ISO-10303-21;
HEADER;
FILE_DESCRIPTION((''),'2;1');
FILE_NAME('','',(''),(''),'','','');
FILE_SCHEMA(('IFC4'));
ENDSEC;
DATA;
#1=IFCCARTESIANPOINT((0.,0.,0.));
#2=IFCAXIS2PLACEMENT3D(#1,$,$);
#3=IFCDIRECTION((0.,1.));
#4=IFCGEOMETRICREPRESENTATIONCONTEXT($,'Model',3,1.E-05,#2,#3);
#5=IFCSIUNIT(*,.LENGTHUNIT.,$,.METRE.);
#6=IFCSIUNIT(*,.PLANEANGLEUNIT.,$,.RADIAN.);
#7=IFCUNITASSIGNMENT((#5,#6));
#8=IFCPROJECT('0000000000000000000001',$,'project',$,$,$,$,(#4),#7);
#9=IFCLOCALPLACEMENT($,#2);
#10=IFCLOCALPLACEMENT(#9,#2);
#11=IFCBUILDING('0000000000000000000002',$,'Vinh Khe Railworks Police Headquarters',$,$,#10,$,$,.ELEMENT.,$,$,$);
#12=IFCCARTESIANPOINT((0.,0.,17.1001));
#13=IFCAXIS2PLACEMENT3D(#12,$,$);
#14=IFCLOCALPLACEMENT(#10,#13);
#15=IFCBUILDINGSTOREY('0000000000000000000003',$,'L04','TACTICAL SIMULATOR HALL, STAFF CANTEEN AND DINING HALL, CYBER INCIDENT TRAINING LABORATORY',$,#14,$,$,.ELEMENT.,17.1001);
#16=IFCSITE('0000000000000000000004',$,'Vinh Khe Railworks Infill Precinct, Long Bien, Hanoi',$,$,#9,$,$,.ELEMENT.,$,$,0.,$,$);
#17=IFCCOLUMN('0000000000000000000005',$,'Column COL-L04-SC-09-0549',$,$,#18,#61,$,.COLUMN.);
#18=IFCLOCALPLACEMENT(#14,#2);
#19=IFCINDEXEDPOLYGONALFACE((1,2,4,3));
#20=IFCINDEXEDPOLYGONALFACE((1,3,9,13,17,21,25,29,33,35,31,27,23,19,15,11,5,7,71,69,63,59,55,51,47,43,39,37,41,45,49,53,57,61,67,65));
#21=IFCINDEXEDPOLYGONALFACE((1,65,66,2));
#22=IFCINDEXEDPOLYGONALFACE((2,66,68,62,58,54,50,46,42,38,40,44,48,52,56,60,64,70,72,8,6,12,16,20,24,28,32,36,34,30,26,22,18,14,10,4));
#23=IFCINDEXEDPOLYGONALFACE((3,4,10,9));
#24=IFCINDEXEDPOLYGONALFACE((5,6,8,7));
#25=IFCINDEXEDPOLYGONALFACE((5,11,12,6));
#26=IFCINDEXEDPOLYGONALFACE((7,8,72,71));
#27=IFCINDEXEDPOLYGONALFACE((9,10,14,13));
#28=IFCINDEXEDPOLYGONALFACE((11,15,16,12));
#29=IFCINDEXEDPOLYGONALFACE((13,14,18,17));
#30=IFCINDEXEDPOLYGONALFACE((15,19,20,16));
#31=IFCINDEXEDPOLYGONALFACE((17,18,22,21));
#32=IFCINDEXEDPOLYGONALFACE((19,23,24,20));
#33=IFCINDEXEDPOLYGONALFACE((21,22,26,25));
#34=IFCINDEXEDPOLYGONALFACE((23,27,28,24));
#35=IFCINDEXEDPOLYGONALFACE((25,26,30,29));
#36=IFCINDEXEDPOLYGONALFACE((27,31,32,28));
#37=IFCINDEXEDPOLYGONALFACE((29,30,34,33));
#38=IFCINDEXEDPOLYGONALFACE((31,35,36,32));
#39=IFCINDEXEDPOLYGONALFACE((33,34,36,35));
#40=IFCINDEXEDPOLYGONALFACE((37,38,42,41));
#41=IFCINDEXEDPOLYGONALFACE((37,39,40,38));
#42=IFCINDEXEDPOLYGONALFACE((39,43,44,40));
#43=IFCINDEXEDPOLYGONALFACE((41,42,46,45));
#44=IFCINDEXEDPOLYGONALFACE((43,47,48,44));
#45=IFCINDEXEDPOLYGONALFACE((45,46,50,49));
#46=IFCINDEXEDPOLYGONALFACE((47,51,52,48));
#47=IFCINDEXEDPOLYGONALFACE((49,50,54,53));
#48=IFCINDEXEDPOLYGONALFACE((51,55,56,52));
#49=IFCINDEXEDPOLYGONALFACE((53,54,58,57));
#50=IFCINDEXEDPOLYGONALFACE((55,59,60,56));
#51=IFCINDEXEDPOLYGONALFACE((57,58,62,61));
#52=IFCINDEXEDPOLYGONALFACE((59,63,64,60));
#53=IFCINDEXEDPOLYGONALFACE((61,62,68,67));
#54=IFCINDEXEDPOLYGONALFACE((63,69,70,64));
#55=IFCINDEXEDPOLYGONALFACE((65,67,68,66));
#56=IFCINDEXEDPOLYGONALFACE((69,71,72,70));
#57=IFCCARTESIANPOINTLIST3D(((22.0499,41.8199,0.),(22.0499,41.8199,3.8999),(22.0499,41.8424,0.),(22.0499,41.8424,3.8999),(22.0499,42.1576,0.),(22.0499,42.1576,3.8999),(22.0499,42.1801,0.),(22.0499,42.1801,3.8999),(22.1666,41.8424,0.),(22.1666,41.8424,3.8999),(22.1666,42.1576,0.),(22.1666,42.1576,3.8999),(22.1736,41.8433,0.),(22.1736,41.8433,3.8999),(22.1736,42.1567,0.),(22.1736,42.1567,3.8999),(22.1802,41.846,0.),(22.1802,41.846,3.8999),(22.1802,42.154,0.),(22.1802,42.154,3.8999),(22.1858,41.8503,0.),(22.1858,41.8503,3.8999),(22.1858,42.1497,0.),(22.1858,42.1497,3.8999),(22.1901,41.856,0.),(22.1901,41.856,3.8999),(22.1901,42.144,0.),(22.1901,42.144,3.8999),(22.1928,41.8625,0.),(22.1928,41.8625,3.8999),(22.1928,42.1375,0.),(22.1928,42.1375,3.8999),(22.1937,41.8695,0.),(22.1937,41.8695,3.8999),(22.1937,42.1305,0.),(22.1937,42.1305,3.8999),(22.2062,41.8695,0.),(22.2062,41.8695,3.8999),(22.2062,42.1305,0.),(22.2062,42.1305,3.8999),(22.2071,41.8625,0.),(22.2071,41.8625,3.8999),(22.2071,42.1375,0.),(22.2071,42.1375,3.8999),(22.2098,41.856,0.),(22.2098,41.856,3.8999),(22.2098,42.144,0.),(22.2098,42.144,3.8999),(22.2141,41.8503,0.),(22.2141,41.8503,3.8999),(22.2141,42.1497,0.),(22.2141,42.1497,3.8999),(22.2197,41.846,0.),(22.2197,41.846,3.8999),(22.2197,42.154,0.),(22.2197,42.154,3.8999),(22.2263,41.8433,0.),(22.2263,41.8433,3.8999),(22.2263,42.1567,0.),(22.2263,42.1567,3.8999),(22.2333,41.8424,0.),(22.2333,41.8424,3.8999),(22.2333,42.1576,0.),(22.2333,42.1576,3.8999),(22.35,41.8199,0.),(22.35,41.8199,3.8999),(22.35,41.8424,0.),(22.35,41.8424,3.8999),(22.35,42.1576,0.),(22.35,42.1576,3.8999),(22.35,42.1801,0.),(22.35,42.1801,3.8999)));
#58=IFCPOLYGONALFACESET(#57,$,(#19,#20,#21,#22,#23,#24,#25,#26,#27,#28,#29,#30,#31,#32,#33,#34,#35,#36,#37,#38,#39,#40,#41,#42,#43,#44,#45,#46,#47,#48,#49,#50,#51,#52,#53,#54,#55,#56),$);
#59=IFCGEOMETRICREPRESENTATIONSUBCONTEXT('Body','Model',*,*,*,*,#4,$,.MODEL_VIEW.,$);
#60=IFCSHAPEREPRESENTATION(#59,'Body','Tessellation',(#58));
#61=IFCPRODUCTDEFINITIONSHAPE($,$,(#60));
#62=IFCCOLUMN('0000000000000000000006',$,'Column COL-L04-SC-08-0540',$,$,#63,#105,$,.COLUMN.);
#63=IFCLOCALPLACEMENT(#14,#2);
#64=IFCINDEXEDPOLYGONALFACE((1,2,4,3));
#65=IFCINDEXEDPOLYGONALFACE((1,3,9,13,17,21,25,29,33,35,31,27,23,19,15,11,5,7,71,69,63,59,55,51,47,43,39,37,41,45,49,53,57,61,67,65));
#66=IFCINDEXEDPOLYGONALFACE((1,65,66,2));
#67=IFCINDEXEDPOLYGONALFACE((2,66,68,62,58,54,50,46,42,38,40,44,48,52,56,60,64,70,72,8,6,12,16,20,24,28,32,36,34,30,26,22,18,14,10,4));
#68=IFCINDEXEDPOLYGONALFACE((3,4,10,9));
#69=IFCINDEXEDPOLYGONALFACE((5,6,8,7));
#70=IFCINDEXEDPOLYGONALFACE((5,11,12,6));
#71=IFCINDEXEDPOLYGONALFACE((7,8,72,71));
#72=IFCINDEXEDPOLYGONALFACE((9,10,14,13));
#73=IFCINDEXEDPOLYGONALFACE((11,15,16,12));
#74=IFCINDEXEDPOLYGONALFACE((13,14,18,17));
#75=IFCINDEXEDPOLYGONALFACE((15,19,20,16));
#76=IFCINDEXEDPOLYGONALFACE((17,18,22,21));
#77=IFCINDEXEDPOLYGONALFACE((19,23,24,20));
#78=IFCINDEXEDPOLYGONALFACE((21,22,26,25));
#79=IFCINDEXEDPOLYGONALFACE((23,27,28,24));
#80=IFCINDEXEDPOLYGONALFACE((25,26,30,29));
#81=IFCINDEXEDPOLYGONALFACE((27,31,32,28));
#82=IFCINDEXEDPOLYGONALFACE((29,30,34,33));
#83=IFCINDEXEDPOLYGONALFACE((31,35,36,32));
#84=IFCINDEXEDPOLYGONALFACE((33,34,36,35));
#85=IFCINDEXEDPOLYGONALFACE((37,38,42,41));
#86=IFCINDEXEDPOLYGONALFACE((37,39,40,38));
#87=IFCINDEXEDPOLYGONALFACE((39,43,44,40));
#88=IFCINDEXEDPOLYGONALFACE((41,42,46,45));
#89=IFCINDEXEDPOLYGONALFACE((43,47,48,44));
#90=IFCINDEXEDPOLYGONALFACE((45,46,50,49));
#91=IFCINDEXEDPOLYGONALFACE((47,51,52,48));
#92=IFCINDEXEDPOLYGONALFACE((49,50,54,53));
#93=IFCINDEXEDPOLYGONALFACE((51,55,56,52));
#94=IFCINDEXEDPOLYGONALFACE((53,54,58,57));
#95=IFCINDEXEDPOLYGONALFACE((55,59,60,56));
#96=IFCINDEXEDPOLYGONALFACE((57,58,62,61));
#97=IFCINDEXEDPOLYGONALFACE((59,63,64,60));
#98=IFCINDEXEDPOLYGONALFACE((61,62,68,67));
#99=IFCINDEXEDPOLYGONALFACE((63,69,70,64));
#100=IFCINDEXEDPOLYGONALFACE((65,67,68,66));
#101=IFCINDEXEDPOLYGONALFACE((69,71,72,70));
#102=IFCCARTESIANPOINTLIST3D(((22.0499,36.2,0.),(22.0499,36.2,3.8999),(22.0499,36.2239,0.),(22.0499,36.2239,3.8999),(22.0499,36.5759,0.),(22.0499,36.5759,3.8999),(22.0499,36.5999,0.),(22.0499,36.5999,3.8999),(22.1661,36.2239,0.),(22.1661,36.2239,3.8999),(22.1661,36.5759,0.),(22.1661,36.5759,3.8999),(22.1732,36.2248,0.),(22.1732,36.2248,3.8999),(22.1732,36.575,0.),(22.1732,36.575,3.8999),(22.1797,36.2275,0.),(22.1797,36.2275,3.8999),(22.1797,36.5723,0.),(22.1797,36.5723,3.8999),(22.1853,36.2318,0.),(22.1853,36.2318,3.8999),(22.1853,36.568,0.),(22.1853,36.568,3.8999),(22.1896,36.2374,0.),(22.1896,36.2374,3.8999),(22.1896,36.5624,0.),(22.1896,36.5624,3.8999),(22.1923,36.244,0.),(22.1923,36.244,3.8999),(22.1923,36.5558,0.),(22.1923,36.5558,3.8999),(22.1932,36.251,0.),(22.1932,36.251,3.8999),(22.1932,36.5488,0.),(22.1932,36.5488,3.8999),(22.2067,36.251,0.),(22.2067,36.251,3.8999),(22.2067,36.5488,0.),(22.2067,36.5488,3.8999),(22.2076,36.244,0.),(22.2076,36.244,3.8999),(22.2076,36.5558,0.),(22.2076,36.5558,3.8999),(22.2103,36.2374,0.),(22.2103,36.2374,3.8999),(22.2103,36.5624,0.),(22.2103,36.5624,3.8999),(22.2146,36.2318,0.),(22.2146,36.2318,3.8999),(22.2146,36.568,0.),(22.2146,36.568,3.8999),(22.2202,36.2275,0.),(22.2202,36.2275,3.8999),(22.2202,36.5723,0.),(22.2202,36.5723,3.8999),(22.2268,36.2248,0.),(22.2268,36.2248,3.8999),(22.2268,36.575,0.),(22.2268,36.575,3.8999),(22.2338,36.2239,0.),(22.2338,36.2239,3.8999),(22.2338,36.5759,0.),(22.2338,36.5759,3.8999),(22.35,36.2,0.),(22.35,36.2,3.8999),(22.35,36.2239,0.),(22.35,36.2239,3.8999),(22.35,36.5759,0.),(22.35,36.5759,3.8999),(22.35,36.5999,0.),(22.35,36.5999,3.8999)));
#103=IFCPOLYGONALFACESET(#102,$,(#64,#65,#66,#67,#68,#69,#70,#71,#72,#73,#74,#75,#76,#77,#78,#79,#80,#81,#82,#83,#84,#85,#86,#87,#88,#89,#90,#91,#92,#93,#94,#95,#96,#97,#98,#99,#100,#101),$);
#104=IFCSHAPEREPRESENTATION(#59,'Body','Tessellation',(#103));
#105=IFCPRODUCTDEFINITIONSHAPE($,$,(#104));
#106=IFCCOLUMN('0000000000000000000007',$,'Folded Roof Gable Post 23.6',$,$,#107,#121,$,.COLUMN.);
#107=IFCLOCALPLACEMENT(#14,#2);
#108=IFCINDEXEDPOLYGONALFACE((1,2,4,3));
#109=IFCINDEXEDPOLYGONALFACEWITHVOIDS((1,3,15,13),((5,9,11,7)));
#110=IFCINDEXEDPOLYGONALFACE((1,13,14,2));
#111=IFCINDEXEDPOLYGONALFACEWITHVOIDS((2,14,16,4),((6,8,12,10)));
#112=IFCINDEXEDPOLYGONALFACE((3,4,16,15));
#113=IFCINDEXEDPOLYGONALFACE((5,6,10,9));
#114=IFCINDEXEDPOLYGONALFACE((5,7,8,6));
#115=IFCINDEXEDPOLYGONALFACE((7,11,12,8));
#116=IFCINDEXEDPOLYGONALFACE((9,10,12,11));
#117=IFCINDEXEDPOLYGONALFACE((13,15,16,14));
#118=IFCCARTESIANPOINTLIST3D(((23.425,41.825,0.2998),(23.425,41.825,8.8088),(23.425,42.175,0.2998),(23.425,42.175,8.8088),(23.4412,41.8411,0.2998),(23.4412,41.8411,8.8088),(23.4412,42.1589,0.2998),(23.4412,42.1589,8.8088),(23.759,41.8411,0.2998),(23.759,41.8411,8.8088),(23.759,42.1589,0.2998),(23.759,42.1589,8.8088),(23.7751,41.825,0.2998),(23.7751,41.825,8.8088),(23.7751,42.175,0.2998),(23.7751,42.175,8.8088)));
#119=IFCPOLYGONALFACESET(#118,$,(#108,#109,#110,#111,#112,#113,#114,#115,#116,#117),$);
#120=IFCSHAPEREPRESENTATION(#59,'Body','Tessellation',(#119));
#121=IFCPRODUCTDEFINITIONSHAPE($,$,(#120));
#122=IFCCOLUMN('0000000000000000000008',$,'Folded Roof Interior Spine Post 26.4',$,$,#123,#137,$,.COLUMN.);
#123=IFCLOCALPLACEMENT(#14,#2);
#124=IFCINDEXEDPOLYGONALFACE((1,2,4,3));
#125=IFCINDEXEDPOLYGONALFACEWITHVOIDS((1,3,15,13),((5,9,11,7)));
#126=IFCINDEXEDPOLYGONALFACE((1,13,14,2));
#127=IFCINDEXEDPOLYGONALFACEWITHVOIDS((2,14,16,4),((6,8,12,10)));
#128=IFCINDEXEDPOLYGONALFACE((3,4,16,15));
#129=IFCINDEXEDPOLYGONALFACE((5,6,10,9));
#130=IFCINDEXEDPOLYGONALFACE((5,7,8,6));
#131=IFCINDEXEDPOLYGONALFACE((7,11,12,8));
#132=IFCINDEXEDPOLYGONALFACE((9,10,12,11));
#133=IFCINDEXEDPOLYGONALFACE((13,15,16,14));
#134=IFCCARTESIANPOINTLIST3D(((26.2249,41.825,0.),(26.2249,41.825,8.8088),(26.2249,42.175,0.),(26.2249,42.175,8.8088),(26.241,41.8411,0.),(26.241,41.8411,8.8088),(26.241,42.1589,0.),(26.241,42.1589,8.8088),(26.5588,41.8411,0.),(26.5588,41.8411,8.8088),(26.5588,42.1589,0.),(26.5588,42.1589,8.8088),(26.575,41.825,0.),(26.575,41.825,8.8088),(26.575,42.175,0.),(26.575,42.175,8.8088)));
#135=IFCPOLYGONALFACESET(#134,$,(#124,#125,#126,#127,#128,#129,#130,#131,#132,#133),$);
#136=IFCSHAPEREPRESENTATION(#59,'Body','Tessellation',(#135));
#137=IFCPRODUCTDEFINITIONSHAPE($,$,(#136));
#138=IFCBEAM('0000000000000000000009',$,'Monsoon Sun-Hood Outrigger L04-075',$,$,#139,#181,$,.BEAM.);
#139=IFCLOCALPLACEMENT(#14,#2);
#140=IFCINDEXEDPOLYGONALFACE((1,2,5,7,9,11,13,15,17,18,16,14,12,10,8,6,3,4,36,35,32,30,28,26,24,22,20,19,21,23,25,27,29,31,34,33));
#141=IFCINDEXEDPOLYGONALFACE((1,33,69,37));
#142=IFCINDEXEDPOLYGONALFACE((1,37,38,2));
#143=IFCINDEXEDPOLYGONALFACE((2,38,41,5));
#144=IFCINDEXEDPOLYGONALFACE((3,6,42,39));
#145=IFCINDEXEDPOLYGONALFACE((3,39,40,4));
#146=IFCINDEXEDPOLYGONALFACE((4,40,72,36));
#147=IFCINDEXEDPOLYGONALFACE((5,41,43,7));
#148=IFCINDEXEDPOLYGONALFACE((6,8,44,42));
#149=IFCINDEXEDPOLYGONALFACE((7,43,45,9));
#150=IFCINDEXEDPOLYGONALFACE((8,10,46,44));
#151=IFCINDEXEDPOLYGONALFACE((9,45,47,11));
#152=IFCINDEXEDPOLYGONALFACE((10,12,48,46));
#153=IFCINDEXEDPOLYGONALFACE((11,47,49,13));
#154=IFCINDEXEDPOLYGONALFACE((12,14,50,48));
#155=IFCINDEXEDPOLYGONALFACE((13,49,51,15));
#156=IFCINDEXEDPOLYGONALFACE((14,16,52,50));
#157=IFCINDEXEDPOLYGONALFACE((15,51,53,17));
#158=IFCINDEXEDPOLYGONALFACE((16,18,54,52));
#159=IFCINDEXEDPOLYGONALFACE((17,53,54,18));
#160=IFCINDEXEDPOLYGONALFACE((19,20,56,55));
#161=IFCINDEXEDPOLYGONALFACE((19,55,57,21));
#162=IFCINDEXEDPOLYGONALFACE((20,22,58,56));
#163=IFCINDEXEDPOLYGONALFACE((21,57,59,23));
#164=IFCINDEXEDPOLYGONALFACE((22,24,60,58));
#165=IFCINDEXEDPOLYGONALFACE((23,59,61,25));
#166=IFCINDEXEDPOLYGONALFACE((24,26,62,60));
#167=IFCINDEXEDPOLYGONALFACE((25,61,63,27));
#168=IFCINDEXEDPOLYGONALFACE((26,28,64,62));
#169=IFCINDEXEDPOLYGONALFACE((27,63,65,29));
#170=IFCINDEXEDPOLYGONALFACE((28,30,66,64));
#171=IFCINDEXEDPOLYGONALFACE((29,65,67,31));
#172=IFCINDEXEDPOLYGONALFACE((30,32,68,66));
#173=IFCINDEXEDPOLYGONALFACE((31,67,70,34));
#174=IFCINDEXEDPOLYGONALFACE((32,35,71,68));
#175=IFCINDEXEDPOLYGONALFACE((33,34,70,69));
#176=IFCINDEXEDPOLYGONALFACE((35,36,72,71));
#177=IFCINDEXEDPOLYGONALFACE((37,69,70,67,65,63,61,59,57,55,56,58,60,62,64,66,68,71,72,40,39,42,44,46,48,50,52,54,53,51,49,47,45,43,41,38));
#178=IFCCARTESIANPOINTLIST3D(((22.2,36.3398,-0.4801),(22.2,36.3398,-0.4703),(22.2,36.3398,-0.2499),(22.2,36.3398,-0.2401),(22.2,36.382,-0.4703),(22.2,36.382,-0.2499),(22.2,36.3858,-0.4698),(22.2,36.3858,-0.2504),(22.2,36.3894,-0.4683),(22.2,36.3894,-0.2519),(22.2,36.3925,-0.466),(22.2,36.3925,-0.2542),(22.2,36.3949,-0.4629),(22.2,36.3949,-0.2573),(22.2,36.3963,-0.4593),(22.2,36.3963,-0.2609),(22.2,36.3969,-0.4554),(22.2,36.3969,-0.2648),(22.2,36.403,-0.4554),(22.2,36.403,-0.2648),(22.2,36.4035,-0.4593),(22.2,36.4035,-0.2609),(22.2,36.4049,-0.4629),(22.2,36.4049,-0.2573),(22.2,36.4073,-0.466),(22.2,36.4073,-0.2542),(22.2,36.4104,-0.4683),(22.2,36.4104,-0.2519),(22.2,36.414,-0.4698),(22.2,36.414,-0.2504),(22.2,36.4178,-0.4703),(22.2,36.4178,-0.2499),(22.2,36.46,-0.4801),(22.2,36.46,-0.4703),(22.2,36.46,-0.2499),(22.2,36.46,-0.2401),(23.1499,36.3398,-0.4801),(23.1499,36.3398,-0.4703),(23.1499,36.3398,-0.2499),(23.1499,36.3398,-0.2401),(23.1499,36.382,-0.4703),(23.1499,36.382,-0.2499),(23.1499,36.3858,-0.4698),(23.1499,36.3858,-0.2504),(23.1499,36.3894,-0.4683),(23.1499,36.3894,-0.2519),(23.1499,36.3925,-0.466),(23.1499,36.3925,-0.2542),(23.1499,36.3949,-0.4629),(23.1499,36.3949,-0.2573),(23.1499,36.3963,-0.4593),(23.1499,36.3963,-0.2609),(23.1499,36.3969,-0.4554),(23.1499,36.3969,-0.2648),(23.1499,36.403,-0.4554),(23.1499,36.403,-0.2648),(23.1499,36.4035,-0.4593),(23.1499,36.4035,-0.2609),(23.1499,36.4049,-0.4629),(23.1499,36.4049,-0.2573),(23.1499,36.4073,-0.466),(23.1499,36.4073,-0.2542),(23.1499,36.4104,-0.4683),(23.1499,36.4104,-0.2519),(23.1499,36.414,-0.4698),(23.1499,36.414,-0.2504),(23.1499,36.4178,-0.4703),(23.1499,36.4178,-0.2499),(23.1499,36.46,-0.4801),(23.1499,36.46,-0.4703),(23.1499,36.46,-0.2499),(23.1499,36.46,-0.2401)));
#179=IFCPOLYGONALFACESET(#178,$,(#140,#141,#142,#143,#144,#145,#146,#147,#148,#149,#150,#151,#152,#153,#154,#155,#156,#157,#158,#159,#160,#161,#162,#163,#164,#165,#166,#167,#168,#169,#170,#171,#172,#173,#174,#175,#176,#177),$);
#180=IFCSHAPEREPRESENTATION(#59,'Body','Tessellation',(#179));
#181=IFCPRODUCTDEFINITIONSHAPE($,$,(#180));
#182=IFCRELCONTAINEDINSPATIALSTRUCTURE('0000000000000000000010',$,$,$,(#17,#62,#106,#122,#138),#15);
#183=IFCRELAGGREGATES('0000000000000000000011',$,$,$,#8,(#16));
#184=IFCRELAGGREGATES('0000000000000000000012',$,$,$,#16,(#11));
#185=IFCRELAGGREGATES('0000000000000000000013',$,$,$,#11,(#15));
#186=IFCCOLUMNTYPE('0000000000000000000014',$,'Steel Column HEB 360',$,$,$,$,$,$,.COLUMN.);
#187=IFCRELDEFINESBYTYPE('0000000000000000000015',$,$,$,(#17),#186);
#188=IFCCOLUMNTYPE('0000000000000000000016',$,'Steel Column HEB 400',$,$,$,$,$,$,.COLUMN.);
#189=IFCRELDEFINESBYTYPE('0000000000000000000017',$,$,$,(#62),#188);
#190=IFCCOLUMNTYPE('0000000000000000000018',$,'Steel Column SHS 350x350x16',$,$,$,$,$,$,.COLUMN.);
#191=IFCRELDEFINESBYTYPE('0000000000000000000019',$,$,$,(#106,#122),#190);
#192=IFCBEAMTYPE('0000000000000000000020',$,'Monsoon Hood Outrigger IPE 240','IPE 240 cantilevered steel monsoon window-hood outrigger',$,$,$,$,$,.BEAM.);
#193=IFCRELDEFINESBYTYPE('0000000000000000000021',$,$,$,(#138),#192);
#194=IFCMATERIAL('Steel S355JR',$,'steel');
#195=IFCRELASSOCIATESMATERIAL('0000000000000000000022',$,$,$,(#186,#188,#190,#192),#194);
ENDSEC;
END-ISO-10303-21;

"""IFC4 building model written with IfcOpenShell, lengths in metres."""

from ifc_helpers import new_model, si_unit, direction, frame, origin, origin_2d, place, context, subcontext, project, spatial, hollow_rectangle, i_section, extrude, material, material_profile, profile_set, type_object, element, save


model = new_model("IFC4")

# Units and contexts
model_context = context("Model", 3, precision=1e-05, world=origin(), true_north=direction((0.0, 1.0)))
body_context = subcontext(model_context, "Body", "Model", "MODEL_VIEW")
ifc_project = project(units=[si_unit("LENGTHUNIT", "METRE"), si_unit("PLANEANGLEUNIT", "RADIAN")], contexts=[model_context])

# Site, building, storey
site_placement = place(None, origin())
site = spatial("IfcSite", under=ifc_project, at=site_placement, Name="Vinh Khe Railworks Infill Precinct, Long Bien, Hanoi", CompositionType="ELEMENT", RefElevation=0.0)
building_placement = place(site_placement, origin())
building = spatial("IfcBuilding", under=site, at=building_placement, Name="Vinh Khe Railworks Police Headquarters", CompositionType="ELEMENT")
storey_placement = place(building_placement, frame((0.0, 0.0, 17.1001)))
storey = spatial("IfcBuildingStorey", under=building, at=storey_placement, Name="L04", Description="TACTICAL SIMULATOR HALL, STAFF CANTEEN AND DINING HALL, CYBER INCIDENT TRAINING LABORATORY", CompositionType="ELEMENT", Elevation=17.1001)

# Columns
ifc_material_1 = material(Name="Steel S355JR", Category="steel")
ifc_material_profile_1 = material_profile(ifc_material_1, i_section(OverallWidth=0.3, OverallDepth=0.3601, WebThickness=0.0125, FlangeThickness=0.0225, FilletRadius=0.0271, at=origin_2d()), Name="HEB 360")
ifc_profile_set_1 = profile_set([ifc_material_profile_1], Name="Steel S355JR")
column_type_1 = type_object("IfcColumnType", Name="Steel Column HEB 360", PredefinedType="COLUMN", material=ifc_profile_set_1)
column_1_placement = place(storey_placement, frame((22.2, 42.0, 0.0), z_axis=(0.0, 0.0, 1.0), x_axis=(1.0, 0.0, 0.0)))
element("IfcColumn", 1, at=column_1_placement, inside=storey, type_object=column_type_1, Name="Column COL-L04-SC-09-0549", PredefinedType="COLUMN", context=body_context, shape_type="SweptSolid", body=[
    extrude(i_section(OverallWidth=0.3, OverallDepth=0.3601, WebThickness=0.0125, FlangeThickness=0.0225, FilletRadius=0.0271, at=origin_2d()), origin(), (0.0, 0.0, 1.0), 3.8999),
])
ifc_material_profile_2 = material_profile(ifc_material_1, i_section(OverallWidth=0.3, OverallDepth=0.3999, WebThickness=0.0134, FlangeThickness=0.0239, FilletRadius=0.0271, at=origin_2d()), Name="HEB 400")
ifc_profile_set_2 = profile_set([ifc_material_profile_2], Name="Steel S355JR")
column_type_2 = type_object("IfcColumnType", Name="Steel Column HEB 400", PredefinedType="COLUMN", material=ifc_profile_set_2)
column_2_placement = place(storey_placement, frame((22.2, 36.3999, 0.0), z_axis=(0.0, 0.0, 1.0), x_axis=(1.0, 0.0, 0.0)))
element("IfcColumn", 2, at=column_2_placement, inside=storey, type_object=column_type_2, Name="Column COL-L04-SC-08-0540", PredefinedType="COLUMN", context=body_context, shape_type="SweptSolid", body=[
    extrude(i_section(OverallWidth=0.3, OverallDepth=0.3999, WebThickness=0.0134, FlangeThickness=0.0239, FilletRadius=0.0271, at=origin_2d()), origin(), (0.0, 0.0, 1.0), 3.8999),
])
ifc_material_profile_3 = material_profile(ifc_material_1, hollow_rectangle(XDim=0.3501, YDim=0.3501, WallThickness=0.0161, at=origin_2d()), Name="SHS 350x350x16")
ifc_profile_set_3 = profile_set([ifc_material_profile_3], Name="Steel S355JR")
column_type_3 = type_object("IfcColumnType", Name="Steel Column SHS 350x350x16", PredefinedType="COLUMN", material=ifc_profile_set_3)
column_3_placement = place(storey_placement, frame((23.6001, 42.0, 0.2998), z_axis=(0.0, 0.0, 1.0), x_axis=(1.0, 0.0, 0.0)))
element("IfcColumn", 3, at=column_3_placement, inside=storey, type_object=column_type_3, Name="Folded Roof Gable Post 23.6", PredefinedType="COLUMN", context=body_context, shape_type="SweptSolid", body=[
    extrude(hollow_rectangle(XDim=0.3501, YDim=0.3501, WallThickness=0.0161, at=origin_2d()), origin(), (0.0, 0.0, 1.0), 8.509),
])
column_4_placement = place(storey_placement, frame((26.3999, 42.0, 0.0), z_axis=(0.0, 0.0, 1.0), x_axis=(1.0, 0.0, 0.0)))
element("IfcColumn", 4, at=column_4_placement, inside=storey, type_object=column_type_3, Name="Folded Roof Interior Spine Post 26.4", PredefinedType="COLUMN", context=body_context, shape_type="SweptSolid", body=[
    extrude(hollow_rectangle(XDim=0.3501, YDim=0.3501, WallThickness=0.0161, at=origin_2d()), origin(), (0.0, 0.0, 1.0), 8.8088),
])

# Beam
ifc_material_profile_4 = material_profile(ifc_material_1, i_section(OverallWidth=0.1201, OverallDepth=0.24, WebThickness=0.0061, FlangeThickness=0.0098, FilletRadius=0.0149, at=origin_2d()), Name="IPE 240")
ifc_profile_set_4 = profile_set([ifc_material_profile_4], Name="Steel S355JR")
beam_type_1 = type_object("IfcBeamType", Name="Monsoon Hood Outrigger IPE 240", Description="IPE 240 cantilevered steel monsoon window-hood outrigger", PredefinedType="BEAM", material=ifc_profile_set_4)
beam_1_placement = place(storey_placement, frame((22.2, 36.3999, -0.3601), z_axis=(1.0, 0.0, 0.0), x_axis=(0.0, 1.0, 0.0)))
element("IfcBeam", 5, at=beam_1_placement, inside=storey, type_object=beam_type_1, Name="Monsoon Sun-Hood Outrigger L04-075", PredefinedType="BEAM", context=body_context, shape_type="SweptSolid", body=[
    extrude(i_section(OverallWidth=0.1201, OverallDepth=0.24, WebThickness=0.0061, FlangeThickness=0.0098, FilletRadius=0.0149, at=origin_2d()), origin(), (0.0, 0.0, 1.0), 0.95),
])

save(model, "model.ifc")
